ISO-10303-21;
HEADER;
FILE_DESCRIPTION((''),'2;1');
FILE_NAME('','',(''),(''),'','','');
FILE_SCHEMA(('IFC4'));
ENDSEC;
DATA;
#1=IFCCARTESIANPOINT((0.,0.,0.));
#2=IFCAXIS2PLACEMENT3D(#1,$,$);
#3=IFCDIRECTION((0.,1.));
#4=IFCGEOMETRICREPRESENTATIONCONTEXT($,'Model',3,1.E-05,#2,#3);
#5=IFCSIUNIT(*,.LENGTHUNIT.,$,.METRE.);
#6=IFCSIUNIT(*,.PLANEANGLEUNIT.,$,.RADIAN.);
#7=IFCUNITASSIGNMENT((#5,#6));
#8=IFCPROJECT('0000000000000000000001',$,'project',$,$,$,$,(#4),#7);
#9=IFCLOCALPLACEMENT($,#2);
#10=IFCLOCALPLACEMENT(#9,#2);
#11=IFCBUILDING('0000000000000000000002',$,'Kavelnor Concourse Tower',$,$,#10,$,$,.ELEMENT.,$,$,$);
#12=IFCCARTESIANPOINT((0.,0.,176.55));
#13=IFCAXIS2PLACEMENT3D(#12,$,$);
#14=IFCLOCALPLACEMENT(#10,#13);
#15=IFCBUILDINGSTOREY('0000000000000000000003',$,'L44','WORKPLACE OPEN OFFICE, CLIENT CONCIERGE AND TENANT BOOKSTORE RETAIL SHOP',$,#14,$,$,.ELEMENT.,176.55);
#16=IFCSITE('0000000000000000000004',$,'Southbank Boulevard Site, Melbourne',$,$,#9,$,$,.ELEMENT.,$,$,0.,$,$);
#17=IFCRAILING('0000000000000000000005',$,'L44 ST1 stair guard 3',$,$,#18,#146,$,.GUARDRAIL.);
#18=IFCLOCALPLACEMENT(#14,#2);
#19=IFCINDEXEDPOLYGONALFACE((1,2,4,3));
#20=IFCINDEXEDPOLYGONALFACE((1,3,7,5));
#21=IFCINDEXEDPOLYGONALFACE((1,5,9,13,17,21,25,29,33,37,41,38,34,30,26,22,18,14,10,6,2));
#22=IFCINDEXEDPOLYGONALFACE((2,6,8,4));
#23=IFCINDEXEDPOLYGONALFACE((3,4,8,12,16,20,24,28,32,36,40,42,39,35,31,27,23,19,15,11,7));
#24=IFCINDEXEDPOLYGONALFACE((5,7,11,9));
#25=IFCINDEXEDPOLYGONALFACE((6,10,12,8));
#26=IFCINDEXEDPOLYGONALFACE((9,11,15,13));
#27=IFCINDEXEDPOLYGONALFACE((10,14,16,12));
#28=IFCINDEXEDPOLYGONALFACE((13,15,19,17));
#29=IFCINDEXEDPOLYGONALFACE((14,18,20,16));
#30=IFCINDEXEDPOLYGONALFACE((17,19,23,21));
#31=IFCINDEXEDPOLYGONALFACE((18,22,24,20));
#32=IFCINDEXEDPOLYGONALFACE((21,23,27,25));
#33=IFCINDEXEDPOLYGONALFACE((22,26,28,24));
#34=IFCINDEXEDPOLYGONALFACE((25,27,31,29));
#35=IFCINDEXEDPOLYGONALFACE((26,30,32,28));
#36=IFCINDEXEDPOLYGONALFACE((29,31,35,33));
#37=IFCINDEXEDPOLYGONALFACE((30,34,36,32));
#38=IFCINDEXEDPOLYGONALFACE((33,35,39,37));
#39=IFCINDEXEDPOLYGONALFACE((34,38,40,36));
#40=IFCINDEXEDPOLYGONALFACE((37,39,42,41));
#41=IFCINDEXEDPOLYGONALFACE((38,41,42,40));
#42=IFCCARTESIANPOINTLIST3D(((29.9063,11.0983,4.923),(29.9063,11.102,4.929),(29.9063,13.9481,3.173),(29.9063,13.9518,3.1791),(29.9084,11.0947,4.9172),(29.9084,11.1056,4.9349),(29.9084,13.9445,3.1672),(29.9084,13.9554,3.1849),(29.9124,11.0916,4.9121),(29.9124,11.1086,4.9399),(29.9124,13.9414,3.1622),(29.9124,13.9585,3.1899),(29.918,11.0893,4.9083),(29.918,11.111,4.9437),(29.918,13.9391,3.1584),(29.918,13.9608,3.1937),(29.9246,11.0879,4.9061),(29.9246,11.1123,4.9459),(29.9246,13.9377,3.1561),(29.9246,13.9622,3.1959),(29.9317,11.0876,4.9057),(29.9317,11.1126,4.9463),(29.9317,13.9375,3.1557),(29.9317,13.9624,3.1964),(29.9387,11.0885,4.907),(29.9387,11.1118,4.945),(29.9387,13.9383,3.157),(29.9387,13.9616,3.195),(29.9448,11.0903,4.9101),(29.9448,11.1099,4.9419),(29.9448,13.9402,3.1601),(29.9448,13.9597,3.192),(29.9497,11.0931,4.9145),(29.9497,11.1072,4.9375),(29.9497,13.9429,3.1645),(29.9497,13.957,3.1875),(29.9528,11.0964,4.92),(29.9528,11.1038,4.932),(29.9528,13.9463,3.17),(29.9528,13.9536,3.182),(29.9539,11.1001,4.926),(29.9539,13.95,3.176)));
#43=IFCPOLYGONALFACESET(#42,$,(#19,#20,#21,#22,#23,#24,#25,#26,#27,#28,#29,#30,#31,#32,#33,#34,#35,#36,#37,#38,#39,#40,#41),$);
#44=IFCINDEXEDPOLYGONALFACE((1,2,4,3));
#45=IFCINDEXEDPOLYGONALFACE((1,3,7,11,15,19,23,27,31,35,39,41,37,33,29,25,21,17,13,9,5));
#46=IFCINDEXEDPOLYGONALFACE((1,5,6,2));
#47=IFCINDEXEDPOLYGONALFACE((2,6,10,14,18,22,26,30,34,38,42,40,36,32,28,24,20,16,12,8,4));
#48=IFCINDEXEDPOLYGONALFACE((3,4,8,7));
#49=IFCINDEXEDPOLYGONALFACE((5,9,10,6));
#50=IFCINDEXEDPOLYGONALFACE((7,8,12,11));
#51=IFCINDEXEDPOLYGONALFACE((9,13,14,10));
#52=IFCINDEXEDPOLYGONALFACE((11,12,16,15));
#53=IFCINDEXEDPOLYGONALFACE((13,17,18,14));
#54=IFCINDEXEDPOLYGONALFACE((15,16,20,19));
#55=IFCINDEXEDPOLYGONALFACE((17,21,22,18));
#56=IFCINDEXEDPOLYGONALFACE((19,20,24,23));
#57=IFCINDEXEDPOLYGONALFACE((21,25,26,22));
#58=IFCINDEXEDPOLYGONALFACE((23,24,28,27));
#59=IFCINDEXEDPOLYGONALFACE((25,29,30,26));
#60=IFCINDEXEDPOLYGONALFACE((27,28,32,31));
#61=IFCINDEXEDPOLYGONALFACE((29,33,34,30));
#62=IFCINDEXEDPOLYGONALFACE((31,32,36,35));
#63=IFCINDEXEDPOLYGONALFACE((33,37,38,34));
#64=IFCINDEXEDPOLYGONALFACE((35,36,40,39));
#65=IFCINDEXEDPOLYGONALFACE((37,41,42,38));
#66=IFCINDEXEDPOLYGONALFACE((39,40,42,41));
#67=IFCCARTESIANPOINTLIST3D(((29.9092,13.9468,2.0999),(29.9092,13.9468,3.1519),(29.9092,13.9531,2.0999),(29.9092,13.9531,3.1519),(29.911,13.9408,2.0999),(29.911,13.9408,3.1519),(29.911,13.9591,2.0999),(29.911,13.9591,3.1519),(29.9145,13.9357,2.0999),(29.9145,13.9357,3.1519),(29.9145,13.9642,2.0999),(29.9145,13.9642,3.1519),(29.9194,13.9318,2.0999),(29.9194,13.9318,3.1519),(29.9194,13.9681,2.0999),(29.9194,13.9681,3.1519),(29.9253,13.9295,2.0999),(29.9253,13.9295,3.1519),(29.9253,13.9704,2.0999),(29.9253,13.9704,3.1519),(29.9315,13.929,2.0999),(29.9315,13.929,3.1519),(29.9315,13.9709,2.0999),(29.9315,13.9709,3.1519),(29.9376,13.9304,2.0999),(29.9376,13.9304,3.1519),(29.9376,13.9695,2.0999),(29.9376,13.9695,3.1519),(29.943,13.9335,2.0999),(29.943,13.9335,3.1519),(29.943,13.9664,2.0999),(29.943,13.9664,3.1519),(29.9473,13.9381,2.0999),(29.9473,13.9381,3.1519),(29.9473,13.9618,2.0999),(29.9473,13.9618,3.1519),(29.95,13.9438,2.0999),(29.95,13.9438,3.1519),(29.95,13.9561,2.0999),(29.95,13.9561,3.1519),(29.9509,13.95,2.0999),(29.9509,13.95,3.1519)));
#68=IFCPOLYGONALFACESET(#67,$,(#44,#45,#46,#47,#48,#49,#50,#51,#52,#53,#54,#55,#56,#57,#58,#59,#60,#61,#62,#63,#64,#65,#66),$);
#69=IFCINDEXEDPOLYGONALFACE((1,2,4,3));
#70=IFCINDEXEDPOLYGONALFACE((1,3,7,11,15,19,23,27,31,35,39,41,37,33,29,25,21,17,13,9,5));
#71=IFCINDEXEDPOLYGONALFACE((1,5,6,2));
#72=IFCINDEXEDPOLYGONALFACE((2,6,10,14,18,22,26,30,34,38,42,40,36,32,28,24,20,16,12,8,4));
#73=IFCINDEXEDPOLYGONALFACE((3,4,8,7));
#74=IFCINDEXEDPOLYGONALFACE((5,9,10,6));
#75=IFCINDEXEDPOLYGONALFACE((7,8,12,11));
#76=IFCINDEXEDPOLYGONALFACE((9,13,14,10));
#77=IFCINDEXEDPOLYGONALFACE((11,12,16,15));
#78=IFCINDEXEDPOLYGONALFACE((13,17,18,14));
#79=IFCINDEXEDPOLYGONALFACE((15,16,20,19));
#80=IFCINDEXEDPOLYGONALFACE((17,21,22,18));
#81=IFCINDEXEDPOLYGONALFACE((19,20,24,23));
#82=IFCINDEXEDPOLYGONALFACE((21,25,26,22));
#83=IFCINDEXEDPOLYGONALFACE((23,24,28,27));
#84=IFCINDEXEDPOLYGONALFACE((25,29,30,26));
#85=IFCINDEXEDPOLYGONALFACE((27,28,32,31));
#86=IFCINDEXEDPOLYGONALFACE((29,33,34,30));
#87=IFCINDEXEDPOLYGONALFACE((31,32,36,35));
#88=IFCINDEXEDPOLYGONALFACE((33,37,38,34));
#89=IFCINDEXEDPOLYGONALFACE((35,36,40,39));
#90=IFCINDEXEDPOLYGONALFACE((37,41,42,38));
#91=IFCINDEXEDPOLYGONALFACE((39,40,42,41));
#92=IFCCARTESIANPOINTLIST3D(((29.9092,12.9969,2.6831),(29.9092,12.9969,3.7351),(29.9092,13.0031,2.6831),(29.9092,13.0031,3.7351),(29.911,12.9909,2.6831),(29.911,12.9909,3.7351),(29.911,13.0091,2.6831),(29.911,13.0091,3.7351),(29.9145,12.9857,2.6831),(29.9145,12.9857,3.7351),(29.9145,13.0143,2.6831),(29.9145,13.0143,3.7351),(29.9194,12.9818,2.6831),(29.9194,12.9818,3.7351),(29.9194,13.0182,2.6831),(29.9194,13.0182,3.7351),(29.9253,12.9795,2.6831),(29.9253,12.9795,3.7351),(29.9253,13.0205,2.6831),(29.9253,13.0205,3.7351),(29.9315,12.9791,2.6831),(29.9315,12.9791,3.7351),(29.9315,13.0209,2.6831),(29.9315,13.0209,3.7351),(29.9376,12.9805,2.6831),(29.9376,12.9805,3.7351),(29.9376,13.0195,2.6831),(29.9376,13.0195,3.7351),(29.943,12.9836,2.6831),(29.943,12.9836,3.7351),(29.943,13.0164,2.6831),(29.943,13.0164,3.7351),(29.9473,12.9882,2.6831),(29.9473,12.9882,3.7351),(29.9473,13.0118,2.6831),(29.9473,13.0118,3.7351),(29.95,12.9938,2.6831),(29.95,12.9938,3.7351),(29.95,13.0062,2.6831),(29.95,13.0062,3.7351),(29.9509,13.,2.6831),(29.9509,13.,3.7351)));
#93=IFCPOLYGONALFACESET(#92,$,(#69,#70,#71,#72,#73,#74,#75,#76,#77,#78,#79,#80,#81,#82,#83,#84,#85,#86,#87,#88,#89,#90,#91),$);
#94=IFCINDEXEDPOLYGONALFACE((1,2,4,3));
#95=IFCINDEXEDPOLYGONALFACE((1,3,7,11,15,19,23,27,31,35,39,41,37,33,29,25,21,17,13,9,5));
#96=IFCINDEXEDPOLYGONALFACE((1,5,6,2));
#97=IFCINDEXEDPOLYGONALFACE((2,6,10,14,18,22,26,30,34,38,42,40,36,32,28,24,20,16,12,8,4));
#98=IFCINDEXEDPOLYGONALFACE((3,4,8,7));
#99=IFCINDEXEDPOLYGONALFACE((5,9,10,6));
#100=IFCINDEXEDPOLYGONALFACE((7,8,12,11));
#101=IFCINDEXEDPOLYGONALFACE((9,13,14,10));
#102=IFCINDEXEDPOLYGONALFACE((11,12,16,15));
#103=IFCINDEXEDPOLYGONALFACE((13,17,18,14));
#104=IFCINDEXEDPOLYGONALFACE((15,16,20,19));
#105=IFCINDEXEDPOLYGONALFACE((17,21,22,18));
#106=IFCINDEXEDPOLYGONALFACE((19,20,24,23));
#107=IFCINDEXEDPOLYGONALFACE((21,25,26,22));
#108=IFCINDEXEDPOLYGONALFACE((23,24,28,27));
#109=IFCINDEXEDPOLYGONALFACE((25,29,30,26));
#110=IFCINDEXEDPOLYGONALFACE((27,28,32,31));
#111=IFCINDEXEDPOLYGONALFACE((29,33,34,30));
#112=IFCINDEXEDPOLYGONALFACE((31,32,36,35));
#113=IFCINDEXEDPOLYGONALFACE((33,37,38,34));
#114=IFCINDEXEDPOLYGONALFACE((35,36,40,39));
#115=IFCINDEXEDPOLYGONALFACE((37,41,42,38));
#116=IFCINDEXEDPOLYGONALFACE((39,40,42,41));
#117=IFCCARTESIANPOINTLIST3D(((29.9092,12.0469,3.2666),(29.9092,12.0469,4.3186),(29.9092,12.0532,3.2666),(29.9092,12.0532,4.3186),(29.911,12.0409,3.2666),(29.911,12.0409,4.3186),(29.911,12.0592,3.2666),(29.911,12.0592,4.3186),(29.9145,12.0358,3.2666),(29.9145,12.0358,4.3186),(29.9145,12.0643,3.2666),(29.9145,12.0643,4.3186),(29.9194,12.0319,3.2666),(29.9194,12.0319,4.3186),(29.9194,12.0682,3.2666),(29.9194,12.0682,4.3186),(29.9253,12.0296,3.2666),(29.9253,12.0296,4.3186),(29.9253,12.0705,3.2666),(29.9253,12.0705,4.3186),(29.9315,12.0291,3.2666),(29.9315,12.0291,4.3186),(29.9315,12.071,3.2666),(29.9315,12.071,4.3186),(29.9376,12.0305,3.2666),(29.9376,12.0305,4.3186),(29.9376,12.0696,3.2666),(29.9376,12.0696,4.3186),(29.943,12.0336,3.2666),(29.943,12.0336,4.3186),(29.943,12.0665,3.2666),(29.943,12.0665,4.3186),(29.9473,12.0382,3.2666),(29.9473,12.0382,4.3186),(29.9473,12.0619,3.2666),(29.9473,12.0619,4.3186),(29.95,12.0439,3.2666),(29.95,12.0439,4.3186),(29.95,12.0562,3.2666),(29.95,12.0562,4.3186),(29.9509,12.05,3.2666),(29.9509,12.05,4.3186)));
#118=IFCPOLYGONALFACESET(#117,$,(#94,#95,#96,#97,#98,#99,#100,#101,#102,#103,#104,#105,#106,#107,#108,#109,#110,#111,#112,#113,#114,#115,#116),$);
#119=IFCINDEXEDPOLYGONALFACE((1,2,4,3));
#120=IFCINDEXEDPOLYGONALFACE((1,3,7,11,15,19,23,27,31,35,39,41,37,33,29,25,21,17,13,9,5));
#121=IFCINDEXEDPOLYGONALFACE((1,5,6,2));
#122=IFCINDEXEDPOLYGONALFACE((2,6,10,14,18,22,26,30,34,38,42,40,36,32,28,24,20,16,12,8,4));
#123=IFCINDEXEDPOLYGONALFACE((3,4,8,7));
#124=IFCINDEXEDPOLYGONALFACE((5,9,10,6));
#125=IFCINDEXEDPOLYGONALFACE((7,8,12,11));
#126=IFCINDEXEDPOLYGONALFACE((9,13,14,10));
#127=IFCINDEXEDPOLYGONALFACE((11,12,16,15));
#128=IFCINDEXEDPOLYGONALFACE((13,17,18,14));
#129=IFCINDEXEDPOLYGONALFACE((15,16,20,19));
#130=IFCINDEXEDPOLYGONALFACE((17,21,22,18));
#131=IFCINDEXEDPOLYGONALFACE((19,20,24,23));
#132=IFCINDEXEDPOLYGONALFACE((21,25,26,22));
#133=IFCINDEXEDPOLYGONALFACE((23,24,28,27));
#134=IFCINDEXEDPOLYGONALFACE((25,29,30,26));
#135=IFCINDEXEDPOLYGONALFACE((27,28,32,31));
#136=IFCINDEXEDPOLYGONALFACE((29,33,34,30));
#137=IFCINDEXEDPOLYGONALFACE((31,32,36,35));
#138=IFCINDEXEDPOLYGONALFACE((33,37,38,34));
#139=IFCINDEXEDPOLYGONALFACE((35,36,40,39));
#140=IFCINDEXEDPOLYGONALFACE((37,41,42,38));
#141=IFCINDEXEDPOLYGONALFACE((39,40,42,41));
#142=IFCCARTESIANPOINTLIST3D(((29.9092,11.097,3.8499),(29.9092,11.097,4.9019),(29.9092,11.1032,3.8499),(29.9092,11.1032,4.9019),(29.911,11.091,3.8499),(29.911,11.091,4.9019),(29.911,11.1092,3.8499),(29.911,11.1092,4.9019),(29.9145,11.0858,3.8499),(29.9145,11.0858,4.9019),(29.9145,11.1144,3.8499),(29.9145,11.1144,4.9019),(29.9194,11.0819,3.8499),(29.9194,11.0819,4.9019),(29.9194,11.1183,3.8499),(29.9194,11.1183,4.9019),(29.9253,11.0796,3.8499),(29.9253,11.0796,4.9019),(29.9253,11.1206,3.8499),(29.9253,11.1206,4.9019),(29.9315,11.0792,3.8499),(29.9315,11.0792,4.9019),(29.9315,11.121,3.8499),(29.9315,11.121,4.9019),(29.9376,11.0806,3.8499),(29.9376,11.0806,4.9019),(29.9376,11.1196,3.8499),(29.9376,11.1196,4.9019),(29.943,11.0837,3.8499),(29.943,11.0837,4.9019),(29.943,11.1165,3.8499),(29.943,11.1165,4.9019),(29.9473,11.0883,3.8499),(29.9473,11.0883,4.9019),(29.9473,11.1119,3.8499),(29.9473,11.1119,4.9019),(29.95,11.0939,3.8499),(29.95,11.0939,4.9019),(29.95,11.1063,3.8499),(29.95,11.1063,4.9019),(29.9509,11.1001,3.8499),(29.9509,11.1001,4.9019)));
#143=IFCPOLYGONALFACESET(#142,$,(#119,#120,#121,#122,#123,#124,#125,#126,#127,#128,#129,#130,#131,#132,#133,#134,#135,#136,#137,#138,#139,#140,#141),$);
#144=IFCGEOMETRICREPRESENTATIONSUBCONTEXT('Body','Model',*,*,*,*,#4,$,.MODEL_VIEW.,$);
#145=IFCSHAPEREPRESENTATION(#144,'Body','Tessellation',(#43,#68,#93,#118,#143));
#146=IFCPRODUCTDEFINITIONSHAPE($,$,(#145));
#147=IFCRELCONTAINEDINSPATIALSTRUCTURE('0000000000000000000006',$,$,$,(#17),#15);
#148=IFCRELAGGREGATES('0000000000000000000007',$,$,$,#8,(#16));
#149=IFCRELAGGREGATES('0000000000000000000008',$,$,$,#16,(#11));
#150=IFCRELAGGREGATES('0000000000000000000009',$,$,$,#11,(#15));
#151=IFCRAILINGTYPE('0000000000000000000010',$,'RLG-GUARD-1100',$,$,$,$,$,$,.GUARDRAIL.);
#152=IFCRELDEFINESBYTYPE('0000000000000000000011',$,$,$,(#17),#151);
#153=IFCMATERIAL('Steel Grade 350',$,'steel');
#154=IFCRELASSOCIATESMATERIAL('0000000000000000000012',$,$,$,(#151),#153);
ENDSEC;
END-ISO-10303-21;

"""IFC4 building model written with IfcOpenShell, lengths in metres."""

from ifc_helpers import new_model, si_unit, direction, frame, origin, origin_2d, place, context, subcontext, project, spatial, circle, extrude, material, type_object, element, save


model = new_model("IFC4")

# Units and contexts
model_context = context("Model", 3, precision=1e-05, world=origin(), true_north=direction((0.0, 1.0)))
body_context = subcontext(model_context, "Body", "Model", "MODEL_VIEW")
ifc_project = project(units=[si_unit("LENGTHUNIT", "METRE"), si_unit("PLANEANGLEUNIT", "RADIAN")], contexts=[model_context])

# Site, building, storey
site_placement = place(None, origin())
site = spatial("IfcSite", under=ifc_project, at=site_placement, Name="Southbank Boulevard Site, Melbourne", CompositionType="ELEMENT", RefElevation=0.0)
building_placement = place(site_placement, origin())
building = spatial("IfcBuilding", under=site, at=building_placement, Name="Kavelnor Concourse Tower", CompositionType="ELEMENT")
storey_placement = place(building_placement, frame((0.0, 0.0, 176.55)))
storey = spatial("IfcBuildingStorey", under=building, at=storey_placement, Name="L44", Description="WORKPLACE OPEN OFFICE, CLIENT CONCIERGE AND TENANT BOOKSTORE RETAIL SHOP", CompositionType="ELEMENT", Elevation=176.55)

# Shared definitions
ifc_material_1 = material(Name="Steel Grade 350", Category="steel")

# Railing
railing_type_1 = type_object("IfcRailingType", Name="RLG-GUARD-1100", PredefinedType="GUARDRAIL", material=ifc_material_1)
railing_1_placement = place(storey_placement, frame((29.9299, 13.95, 2.0999)))
element("IfcRailing", 1, at=railing_1_placement, inside=storey, type_object=railing_type_1, Name="L44 ST1 stair guard 3", PredefinedType="GUARDRAIL", context=body_context, shape_type="SweptSolid", body=[
    extrude(circle(Radius=0.0239, at=origin_2d()), frame((0.0, 0.0, 1.0762), z_axis=(0.0, -0.852159, 0.523283), x_axis=(1.0, 0.0, 0.0)), (0.0, 0.0, 1.0), 3.3442),
    extrude(circle(Radius=0.021, at=origin_2d()), origin(), (0.0, 0.0, 1.0), 1.052),
    extrude(circle(Radius=0.021, at=origin_2d()), frame((0.0, -0.95, 0.5833)), (0.0, 0.0, 1.0), 1.052),
    extrude(circle(Radius=0.021, at=origin_2d()), frame((0.0, -1.8999, 1.1667)), (0.0, 0.0, 1.0), 1.052),
    extrude(circle(Radius=0.021, at=origin_2d()), frame((0.0, -2.8499, 1.75)), (0.0, 0.0, 1.0), 1.052),
])

save(model, "model.ifc")
